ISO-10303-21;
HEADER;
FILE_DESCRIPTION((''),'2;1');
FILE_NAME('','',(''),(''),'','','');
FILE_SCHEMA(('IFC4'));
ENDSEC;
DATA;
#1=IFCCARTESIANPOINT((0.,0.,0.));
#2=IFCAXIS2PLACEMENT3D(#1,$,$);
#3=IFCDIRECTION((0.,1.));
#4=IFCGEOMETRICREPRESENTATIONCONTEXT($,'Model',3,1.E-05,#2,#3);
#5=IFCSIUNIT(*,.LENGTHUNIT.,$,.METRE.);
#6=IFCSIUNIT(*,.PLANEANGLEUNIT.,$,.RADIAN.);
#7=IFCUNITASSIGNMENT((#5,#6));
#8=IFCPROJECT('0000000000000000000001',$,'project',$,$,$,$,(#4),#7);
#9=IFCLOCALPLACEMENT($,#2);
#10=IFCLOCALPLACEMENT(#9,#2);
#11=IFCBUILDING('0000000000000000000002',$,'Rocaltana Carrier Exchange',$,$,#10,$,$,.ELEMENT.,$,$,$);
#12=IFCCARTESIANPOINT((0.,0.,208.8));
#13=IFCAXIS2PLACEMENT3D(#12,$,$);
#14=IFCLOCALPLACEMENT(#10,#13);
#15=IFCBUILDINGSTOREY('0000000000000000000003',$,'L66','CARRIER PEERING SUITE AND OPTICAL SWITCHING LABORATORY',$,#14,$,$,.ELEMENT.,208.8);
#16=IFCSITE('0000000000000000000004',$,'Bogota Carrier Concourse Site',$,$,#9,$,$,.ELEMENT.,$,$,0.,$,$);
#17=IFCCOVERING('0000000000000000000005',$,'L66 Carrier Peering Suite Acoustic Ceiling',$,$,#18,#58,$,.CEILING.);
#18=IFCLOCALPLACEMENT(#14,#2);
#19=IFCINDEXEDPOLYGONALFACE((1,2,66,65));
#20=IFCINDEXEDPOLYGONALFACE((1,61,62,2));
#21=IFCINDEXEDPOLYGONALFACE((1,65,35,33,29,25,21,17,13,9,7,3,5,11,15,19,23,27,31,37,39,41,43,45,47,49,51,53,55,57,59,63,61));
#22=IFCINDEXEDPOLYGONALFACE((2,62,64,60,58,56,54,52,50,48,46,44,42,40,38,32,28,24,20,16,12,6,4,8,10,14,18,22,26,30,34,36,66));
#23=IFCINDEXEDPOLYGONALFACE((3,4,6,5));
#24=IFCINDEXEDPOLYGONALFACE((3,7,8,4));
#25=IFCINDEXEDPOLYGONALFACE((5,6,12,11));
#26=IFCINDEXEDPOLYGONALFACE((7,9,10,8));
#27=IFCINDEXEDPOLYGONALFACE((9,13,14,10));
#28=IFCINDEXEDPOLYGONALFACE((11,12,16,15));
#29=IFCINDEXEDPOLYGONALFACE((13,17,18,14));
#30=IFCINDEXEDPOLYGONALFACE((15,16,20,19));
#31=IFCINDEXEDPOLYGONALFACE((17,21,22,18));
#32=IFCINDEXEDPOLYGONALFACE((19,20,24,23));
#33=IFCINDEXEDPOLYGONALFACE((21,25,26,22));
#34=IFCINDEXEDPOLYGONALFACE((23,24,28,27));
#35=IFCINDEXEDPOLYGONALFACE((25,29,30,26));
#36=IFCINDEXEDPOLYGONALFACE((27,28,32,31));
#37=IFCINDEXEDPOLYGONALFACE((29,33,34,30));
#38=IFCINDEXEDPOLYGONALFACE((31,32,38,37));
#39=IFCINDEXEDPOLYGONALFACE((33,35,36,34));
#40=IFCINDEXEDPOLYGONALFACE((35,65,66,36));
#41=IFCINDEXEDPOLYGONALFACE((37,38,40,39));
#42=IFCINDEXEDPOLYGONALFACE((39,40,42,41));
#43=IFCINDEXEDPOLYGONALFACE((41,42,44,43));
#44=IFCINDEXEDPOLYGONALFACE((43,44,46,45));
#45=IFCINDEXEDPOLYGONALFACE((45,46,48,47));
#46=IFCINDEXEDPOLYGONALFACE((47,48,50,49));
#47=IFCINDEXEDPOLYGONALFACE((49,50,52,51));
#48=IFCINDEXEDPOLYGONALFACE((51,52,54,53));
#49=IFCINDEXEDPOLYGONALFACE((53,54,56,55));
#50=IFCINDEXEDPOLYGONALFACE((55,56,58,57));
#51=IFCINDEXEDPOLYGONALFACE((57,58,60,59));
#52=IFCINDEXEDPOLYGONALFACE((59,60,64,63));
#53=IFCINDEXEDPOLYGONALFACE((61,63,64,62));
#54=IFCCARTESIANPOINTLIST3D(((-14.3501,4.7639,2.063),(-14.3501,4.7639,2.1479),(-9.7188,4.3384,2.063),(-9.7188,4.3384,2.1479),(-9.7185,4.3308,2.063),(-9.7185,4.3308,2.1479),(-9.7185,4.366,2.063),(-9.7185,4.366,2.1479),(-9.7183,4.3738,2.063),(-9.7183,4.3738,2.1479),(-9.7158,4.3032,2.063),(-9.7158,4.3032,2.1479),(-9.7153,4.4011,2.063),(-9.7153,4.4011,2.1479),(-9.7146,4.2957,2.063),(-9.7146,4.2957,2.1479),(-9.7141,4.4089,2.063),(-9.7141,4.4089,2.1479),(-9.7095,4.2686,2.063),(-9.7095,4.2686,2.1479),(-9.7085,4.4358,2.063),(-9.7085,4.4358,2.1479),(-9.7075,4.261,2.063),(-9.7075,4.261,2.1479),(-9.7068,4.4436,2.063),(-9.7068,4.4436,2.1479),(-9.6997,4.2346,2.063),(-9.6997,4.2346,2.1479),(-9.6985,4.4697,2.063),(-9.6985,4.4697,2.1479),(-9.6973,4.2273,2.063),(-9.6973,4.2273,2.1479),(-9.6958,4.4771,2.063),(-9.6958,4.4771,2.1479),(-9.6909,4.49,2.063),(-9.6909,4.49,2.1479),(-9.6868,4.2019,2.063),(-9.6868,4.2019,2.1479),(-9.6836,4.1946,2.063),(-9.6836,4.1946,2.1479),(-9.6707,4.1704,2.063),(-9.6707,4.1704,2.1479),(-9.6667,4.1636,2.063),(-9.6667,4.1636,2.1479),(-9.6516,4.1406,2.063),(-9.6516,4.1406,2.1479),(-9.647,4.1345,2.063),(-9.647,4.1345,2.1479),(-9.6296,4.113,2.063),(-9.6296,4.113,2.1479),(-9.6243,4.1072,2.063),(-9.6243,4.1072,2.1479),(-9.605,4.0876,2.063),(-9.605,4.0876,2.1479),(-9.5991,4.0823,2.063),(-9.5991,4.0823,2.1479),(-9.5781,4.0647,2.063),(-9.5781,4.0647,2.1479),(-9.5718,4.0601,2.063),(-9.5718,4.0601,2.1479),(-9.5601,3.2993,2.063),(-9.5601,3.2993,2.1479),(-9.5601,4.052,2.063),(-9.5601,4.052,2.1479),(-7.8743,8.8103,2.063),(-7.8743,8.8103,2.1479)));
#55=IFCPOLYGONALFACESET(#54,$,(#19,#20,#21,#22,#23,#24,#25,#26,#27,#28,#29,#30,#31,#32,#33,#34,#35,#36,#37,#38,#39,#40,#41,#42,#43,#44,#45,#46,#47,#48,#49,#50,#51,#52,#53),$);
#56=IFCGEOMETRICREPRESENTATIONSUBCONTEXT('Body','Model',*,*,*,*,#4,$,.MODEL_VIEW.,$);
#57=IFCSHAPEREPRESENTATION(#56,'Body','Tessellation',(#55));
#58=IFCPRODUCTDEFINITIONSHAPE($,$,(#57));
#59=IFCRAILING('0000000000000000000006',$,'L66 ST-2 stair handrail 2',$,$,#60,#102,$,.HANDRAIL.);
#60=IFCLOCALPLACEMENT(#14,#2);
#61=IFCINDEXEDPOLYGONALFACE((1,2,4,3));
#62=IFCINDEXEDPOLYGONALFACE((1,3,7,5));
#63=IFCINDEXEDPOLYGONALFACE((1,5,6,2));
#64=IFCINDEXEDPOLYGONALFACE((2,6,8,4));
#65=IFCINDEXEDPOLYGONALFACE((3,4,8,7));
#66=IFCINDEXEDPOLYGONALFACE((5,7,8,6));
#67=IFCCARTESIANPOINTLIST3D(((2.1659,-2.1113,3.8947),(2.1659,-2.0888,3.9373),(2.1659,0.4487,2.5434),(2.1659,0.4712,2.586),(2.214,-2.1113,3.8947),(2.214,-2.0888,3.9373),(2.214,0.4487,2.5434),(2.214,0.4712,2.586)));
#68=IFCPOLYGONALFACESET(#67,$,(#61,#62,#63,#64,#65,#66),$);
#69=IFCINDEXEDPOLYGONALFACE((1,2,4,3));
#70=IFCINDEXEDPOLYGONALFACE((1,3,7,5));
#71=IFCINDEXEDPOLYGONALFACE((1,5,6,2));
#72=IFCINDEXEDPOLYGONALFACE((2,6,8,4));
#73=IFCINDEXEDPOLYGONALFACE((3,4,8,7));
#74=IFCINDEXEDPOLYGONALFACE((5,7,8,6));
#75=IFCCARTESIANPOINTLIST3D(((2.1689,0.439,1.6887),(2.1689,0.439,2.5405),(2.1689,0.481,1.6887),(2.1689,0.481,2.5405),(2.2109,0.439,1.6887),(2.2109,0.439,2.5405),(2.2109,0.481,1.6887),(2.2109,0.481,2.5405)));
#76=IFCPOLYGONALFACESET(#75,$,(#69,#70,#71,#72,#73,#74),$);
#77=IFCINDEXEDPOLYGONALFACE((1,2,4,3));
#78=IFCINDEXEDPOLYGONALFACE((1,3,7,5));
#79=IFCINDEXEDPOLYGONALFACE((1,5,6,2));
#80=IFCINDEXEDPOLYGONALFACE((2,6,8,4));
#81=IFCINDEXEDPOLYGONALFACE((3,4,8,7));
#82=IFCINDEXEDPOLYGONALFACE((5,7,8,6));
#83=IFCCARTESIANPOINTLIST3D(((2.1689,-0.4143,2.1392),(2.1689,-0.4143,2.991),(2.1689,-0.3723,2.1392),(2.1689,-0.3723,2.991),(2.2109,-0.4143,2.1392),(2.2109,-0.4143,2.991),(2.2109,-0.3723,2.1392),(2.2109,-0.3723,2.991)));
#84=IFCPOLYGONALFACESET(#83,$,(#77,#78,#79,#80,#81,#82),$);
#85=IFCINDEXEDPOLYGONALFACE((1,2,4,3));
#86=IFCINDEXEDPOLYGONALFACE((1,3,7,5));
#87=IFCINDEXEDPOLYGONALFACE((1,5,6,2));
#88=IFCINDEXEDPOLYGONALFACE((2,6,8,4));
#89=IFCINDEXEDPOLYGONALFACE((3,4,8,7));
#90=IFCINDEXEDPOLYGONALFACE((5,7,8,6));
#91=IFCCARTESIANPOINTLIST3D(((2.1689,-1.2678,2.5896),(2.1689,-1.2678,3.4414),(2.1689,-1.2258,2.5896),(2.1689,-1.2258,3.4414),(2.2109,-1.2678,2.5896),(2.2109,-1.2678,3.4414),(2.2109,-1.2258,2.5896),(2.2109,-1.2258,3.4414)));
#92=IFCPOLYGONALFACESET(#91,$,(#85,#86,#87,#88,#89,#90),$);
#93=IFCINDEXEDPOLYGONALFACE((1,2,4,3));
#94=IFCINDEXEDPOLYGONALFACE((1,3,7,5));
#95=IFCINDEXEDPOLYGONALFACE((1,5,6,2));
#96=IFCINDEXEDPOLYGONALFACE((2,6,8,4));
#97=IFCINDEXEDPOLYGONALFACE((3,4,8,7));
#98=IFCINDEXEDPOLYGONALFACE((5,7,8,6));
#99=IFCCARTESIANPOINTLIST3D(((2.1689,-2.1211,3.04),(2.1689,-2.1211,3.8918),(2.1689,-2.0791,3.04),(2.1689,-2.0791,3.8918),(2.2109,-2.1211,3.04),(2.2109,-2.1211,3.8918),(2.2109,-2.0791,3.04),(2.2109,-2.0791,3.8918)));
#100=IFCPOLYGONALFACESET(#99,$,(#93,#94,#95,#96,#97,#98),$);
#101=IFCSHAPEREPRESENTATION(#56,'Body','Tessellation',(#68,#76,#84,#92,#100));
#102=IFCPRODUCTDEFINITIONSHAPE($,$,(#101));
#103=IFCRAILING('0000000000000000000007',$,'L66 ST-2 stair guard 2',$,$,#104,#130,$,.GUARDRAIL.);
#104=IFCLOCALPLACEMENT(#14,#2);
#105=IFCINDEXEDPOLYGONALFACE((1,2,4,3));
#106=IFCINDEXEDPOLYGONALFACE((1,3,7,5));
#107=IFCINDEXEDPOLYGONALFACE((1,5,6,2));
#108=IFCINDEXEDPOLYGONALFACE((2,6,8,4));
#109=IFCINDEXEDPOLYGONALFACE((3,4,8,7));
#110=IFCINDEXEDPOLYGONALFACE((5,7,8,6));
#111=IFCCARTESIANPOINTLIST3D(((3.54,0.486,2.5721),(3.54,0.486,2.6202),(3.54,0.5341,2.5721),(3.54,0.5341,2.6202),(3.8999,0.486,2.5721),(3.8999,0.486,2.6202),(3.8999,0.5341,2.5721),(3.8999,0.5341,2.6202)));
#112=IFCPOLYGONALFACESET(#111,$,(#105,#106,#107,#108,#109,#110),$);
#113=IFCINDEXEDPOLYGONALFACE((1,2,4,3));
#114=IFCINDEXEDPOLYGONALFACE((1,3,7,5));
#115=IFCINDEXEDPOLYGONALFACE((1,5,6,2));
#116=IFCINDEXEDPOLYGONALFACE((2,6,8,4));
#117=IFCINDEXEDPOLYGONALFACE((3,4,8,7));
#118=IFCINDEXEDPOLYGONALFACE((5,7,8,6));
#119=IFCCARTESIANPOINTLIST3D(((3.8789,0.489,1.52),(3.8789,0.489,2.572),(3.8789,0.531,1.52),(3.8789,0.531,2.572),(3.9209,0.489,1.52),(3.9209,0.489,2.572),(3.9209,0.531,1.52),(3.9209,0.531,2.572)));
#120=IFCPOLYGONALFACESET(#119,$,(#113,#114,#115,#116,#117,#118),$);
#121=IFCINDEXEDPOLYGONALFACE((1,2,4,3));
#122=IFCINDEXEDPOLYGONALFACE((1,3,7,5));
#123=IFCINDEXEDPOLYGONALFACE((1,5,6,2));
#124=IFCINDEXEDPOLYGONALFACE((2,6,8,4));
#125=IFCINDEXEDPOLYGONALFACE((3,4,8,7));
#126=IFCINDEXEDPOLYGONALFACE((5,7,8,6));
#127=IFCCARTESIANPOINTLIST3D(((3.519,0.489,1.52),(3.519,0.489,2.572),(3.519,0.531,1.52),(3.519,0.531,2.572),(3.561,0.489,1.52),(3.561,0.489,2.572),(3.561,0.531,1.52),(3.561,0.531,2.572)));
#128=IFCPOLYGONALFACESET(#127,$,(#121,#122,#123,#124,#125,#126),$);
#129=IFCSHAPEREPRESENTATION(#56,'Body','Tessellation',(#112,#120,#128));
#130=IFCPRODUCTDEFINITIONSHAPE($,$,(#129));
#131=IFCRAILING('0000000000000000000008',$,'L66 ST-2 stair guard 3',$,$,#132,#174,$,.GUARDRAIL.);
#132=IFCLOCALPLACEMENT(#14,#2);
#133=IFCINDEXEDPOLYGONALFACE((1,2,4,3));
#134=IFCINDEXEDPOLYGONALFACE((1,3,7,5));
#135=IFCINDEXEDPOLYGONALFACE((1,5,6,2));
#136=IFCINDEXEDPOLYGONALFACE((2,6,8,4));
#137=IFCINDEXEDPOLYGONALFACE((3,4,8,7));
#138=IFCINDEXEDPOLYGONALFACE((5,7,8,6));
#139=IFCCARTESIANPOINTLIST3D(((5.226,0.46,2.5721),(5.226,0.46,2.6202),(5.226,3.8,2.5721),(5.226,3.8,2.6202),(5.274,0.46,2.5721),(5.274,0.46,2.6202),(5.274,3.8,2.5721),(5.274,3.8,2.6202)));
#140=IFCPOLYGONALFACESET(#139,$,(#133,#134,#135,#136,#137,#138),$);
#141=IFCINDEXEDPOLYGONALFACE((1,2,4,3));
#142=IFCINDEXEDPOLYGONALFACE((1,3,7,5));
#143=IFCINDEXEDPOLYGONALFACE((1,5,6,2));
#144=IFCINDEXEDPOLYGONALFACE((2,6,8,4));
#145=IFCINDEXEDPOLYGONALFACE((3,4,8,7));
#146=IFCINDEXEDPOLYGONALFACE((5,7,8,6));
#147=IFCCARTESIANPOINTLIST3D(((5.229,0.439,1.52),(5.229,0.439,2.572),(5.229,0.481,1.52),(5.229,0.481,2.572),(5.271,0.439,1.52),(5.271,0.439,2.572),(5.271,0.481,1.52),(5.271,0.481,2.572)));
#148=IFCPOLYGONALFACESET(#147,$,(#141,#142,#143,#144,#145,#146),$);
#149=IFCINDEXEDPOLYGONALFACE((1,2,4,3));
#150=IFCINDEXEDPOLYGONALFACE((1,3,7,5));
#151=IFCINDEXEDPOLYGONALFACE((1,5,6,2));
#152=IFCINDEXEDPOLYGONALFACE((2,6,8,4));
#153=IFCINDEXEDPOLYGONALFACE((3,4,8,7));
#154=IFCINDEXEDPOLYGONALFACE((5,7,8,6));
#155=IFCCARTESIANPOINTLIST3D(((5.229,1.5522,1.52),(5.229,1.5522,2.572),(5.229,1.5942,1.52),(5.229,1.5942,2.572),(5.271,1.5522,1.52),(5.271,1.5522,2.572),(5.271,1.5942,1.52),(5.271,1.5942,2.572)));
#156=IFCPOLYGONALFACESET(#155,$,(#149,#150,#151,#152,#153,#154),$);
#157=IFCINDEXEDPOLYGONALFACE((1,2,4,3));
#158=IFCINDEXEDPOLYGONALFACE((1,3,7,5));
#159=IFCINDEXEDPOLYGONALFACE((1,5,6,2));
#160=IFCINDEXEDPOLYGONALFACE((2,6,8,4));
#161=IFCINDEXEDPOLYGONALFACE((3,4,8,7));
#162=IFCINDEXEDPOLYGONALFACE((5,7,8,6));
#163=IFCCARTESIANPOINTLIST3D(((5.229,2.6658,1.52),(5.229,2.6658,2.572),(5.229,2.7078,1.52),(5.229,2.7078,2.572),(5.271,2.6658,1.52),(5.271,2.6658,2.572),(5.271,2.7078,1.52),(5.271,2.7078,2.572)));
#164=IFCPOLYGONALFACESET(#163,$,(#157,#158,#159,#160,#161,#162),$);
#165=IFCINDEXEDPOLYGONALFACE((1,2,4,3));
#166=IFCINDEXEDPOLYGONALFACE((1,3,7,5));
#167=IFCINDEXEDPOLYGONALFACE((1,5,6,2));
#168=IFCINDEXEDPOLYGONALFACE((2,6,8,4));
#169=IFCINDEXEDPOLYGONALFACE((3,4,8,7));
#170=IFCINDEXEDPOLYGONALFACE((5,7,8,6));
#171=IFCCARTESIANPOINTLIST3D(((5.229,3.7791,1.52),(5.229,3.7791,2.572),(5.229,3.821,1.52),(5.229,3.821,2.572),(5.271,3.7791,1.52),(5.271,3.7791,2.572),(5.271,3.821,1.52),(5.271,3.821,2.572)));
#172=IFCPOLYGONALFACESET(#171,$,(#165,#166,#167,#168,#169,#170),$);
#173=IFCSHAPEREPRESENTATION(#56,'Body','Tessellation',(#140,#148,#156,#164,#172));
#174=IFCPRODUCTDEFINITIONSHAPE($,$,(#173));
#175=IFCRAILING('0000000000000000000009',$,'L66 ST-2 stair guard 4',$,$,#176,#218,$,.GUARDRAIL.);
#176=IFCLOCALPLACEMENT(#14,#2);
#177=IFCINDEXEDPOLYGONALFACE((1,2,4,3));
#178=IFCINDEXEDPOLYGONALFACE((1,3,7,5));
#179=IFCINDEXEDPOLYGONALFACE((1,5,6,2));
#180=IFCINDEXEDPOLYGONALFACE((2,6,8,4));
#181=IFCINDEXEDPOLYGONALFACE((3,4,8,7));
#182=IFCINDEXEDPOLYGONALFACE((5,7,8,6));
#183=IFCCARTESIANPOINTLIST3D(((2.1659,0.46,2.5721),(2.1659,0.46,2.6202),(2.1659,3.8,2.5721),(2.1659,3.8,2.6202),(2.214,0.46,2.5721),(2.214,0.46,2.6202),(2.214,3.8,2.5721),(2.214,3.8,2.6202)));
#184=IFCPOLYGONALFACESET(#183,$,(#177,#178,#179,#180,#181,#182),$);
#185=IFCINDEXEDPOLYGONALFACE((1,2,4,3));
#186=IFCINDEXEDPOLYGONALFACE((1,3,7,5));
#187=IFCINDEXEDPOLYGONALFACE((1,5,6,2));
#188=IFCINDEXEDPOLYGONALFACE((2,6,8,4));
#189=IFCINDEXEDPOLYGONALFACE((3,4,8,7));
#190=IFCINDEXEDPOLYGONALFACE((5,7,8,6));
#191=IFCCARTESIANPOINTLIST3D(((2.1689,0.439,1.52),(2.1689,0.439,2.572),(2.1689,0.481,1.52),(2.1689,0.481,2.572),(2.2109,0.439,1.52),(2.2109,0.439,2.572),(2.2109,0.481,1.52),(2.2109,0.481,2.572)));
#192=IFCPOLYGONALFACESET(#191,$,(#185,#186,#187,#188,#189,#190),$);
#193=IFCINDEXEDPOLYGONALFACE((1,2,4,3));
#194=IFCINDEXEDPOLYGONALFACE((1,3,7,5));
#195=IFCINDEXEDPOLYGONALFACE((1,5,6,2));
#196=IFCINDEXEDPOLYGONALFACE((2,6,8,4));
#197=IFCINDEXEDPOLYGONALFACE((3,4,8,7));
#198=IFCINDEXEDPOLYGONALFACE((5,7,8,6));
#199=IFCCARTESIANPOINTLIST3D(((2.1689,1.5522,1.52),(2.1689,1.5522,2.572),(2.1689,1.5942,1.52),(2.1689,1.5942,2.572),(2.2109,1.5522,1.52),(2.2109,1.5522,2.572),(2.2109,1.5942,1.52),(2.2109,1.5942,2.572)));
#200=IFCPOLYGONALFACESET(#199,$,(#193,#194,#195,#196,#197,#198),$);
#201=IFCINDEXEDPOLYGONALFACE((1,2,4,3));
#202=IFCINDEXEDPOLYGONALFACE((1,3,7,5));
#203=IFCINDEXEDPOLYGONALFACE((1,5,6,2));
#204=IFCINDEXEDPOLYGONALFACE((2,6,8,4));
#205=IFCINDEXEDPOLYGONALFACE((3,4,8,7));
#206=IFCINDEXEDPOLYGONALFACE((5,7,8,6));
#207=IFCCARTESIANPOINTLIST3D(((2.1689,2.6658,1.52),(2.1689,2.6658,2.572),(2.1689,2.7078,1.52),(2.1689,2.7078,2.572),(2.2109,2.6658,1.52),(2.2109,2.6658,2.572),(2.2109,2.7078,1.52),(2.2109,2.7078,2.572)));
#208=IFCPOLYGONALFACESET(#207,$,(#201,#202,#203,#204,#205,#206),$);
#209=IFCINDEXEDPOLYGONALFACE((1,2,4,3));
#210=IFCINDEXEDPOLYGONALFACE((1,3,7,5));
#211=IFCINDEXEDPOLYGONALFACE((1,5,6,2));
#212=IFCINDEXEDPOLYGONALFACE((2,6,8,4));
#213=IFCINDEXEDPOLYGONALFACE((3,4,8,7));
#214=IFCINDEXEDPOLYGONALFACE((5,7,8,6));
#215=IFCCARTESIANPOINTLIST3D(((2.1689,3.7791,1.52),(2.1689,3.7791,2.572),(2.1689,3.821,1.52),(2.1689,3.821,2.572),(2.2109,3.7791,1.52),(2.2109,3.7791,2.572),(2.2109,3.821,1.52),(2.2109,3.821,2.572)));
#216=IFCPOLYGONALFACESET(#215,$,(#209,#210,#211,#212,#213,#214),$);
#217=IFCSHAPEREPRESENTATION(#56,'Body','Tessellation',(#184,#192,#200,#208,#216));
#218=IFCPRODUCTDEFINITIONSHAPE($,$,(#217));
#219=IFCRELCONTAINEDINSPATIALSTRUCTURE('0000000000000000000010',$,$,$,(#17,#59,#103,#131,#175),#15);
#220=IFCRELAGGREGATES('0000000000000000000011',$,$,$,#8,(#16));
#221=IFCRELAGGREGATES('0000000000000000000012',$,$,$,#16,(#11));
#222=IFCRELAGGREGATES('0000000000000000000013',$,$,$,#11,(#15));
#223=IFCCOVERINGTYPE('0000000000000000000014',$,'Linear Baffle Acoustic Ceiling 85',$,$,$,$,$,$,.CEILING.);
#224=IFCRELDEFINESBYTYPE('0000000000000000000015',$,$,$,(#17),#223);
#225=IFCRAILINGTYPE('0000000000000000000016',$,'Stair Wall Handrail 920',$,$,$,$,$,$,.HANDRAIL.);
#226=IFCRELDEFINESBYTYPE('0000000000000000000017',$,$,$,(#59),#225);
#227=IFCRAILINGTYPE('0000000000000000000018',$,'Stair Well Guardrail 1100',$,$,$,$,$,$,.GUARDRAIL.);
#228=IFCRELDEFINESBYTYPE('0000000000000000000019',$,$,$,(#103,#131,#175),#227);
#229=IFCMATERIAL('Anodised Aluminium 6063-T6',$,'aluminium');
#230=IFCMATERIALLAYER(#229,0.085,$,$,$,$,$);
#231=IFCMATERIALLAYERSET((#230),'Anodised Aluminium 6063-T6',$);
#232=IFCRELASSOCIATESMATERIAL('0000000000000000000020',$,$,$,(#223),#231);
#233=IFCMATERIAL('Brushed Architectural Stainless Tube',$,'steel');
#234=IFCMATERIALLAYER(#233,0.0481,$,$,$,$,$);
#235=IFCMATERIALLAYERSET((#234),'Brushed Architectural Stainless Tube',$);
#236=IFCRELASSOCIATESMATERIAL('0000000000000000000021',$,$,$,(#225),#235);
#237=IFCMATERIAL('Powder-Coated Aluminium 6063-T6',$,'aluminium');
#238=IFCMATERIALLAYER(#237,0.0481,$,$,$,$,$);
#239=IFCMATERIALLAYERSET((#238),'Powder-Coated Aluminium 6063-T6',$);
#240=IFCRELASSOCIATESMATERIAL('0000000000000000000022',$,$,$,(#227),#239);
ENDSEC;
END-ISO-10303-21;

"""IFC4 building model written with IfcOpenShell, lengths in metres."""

from ifc_helpers import new_model, si_unit, direction, frame, origin, origin_2d, place, context, subcontext, project, spatial, polyline, rectangle, outline, extrude, material, layer, layer_set, type_object, element, save


model = new_model("IFC4")

# Units and contexts
model_context = context("Model", 3, precision=1e-05, world=origin(), true_north=direction((0.0, 1.0)))
body_context = subcontext(model_context, "Body", "Model", "MODEL_VIEW")
ifc_project = project(units=[si_unit("LENGTHUNIT", "METRE"), si_unit("PLANEANGLEUNIT", "RADIAN")], contexts=[model_context])

# Site, building, storey
site_placement = place(None, origin())
site = spatial("IfcSite", under=ifc_project, at=site_placement, Name="Bogota Carrier Concourse Site", CompositionType="ELEMENT", RefElevation=0.0)
building_placement = place(site_placement, origin())
building = spatial("IfcBuilding", under=site, at=building_placement, Name="Rocaltana Carrier Exchange", CompositionType="ELEMENT")
storey_placement = place(building_placement, frame((0.0, 0.0, 208.8)))
storey = spatial("IfcBuildingStorey", under=building, at=storey_placement, Name="L66", Description="CARRIER PEERING SUITE AND OPTICAL SWITCHING LABORATORY", CompositionType="ELEMENT", Elevation=208.8)

# Covering
ifc_material_1 = material(Name="Anodised Aluminium 6063-T6", Category="aluminium")
ifc_layer_1 = layer(ifc_material_1, 0.085)
ifc_layer_set_1 = layer_set([ifc_layer_1], Name="Anodised Aluminium 6063-T6")
covering_type_1 = type_object("IfcCoveringType", Name="Linear Baffle Acoustic Ceiling 85", PredefinedType="CEILING", material=ifc_layer_set_1)
covering_1_placement = place(storey_placement, frame((0.0, 0.0, 2.063)))
element("IfcCovering", 1, at=covering_1_placement, inside=storey, type_object=covering_type_1, Name="L66 Carrier Peering Suite Acoustic Ceiling", PredefinedType="CEILING", context=body_context, shape_type="SweptSolid", body=[
    extrude(outline(polyline([(-9.5601, 4.052), (-9.5601, 3.2993), (-14.3501, 4.7639), (-7.8743, 8.8103), (-9.6909, 4.49), (-9.6958, 4.4771), (-9.6985, 4.4697), (-9.7068, 4.4436), (-9.7085, 4.4358), (-9.7141, 4.4089), (-9.7153, 4.4011), (-9.7183, 4.3738), (-9.7185, 4.366), (-9.7188, 4.3384), (-9.7185, 4.3308), (-9.7158, 4.3032), (-9.7146, 4.2957), (-9.7095, 4.2686), (-9.7075, 4.261), (-9.6997, 4.2346), (-9.6973, 4.2273), (-9.6868, 4.2019), (-9.6836, 4.1946), (-9.6707, 4.1704), (-9.6667, 4.1636), (-9.6516, 4.1406), (-9.647, 4.1345), (-9.6296, 4.113), (-9.6243, 4.1072), (-9.605, 4.0876), (-9.5991, 4.0823), (-9.5781, 4.0647), (-9.5718, 4.0601), (-9.5601, 4.052)])), origin(), (0.0, 0.0, 1.0), 0.085),
])

# Railings
ifc_material_2 = material(Name="Brushed Architectural Stainless Tube", Category="steel")
ifc_layer_2 = layer(ifc_material_2, 0.0481)
ifc_layer_set_2 = layer_set([ifc_layer_2], Name="Brushed Architectural Stainless Tube")
railing_type_1 = type_object("IfcRailingType", Name="Stair Wall Handrail 920", PredefinedType="HANDRAIL", material=ifc_layer_set_2)
railing_1_placement = place(storey_placement, frame((2.1899, 0.46, 1.6887)))
element("IfcRailing", 2, at=railing_1_placement, inside=storey, type_object=railing_type_1, Name="L66 ST-2 stair handrail 2", PredefinedType="HANDRAIL", context=body_context, shape_type="SweptSolid", body=[
    extrude(rectangle(XDim=0.0481, YDim=0.0481, at=origin_2d()), frame((0.0, 0.0, 0.876), z_axis=(0.0, -0.88436, 0.466806), x_axis=(1.0, 0.0, 0.0)), (0.0, 0.0, 1.0), 2.8948),
    extrude(rectangle(XDim=0.042, YDim=0.042, at=origin_2d()), origin(), (0.0, 0.0, 1.0), 0.8518),
    extrude(rectangle(XDim=0.042, YDim=0.042, at=origin_2d()), frame((0.0, -0.8533, 0.4504)), (0.0, 0.0, 1.0), 0.8518),
    extrude(rectangle(XDim=0.042, YDim=0.042, at=origin_2d()), frame((0.0, -1.7068, 0.9009)), (0.0, 0.0, 1.0), 0.8518),
    extrude(rectangle(XDim=0.042, YDim=0.042, at=origin_2d()), frame((0.0, -2.5601, 1.3513)), (0.0, 0.0, 1.0), 0.8518),
])
ifc_material_3 = material(Name="Powder-Coated Aluminium 6063-T6", Category="aluminium")
ifc_layer_3 = layer(ifc_material_3, 0.0481)
ifc_layer_set_3 = layer_set([ifc_layer_3], Name="Powder-Coated Aluminium 6063-T6")
railing_type_2 = type_object("IfcRailingType", Name="Stair Well Guardrail 1100", PredefinedType="GUARDRAIL", material=ifc_layer_set_3)
railing_2_placement = place(storey_placement, frame((3.8999, 0.51, 1.52)))
element("IfcRailing", 3, at=railing_2_placement, inside=storey, type_object=railing_type_2, Name="L66 ST-2 stair guard 2", PredefinedType="GUARDRAIL", context=body_context, shape_type="SweptSolid", body=[
    extrude(rectangle(XDim=0.0481, YDim=0.0481, at=origin_2d()), frame((0.0, 0.0, 1.0762), z_axis=(-1.0, 0.0, 0.0), x_axis=(0.0, -1.0, 0.0)), (0.0, 0.0, 1.0), 0.3599),
    extrude(rectangle(XDim=0.042, YDim=0.042, at=origin_2d()), origin(), (0.0, 0.0, 1.0), 1.052),
    extrude(rectangle(XDim=0.042, YDim=0.042, at=origin_2d()), frame((-0.3599, 0.0, 0.0)), (0.0, 0.0, 1.0), 1.052),
])
for number, where, name in (
    (4, (5.25, 0.46, 1.52), "L66 ST-2 stair guard 3"),
    (5, (2.1899, 0.46, 1.52), "L66 ST-2 stair guard 4"),
):
    element("IfcRailing", number, at=place(storey_placement, frame(where)), inside=storey, type_object=railing_type_2, Name=name, PredefinedType="GUARDRAIL", context=body_context, shape_type="SweptSolid", body=[
        extrude(rectangle(XDim=0.0481, YDim=0.0481, at=origin_2d()), frame((0.0, 0.0, 1.0762), z_axis=(0.0, 1.0, 0.0), x_axis=(-1.0, 0.0, 0.0)), (0.0, 0.0, 1.0), 3.3401),
        extrude(rectangle(XDim=0.042, YDim=0.042, at=origin_2d()), origin(), (0.0, 0.0, 1.0), 1.052),
        extrude(rectangle(XDim=0.042, YDim=0.042, at=origin_2d()), frame((0.0, 1.1133, 0.0)), (0.0, 0.0, 1.0), 1.052),
        extrude(rectangle(XDim=0.042, YDim=0.042, at=origin_2d()), frame((0.0, 2.2268, 0.0)), (0.0, 0.0, 1.0), 1.052),
        extrude(rectangle(XDim=0.042, YDim=0.042, at=origin_2d()), frame((0.0, 3.3401, 0.0)), (0.0, 0.0, 1.0), 1.052),
    ])

save(model, "model.ifc")
